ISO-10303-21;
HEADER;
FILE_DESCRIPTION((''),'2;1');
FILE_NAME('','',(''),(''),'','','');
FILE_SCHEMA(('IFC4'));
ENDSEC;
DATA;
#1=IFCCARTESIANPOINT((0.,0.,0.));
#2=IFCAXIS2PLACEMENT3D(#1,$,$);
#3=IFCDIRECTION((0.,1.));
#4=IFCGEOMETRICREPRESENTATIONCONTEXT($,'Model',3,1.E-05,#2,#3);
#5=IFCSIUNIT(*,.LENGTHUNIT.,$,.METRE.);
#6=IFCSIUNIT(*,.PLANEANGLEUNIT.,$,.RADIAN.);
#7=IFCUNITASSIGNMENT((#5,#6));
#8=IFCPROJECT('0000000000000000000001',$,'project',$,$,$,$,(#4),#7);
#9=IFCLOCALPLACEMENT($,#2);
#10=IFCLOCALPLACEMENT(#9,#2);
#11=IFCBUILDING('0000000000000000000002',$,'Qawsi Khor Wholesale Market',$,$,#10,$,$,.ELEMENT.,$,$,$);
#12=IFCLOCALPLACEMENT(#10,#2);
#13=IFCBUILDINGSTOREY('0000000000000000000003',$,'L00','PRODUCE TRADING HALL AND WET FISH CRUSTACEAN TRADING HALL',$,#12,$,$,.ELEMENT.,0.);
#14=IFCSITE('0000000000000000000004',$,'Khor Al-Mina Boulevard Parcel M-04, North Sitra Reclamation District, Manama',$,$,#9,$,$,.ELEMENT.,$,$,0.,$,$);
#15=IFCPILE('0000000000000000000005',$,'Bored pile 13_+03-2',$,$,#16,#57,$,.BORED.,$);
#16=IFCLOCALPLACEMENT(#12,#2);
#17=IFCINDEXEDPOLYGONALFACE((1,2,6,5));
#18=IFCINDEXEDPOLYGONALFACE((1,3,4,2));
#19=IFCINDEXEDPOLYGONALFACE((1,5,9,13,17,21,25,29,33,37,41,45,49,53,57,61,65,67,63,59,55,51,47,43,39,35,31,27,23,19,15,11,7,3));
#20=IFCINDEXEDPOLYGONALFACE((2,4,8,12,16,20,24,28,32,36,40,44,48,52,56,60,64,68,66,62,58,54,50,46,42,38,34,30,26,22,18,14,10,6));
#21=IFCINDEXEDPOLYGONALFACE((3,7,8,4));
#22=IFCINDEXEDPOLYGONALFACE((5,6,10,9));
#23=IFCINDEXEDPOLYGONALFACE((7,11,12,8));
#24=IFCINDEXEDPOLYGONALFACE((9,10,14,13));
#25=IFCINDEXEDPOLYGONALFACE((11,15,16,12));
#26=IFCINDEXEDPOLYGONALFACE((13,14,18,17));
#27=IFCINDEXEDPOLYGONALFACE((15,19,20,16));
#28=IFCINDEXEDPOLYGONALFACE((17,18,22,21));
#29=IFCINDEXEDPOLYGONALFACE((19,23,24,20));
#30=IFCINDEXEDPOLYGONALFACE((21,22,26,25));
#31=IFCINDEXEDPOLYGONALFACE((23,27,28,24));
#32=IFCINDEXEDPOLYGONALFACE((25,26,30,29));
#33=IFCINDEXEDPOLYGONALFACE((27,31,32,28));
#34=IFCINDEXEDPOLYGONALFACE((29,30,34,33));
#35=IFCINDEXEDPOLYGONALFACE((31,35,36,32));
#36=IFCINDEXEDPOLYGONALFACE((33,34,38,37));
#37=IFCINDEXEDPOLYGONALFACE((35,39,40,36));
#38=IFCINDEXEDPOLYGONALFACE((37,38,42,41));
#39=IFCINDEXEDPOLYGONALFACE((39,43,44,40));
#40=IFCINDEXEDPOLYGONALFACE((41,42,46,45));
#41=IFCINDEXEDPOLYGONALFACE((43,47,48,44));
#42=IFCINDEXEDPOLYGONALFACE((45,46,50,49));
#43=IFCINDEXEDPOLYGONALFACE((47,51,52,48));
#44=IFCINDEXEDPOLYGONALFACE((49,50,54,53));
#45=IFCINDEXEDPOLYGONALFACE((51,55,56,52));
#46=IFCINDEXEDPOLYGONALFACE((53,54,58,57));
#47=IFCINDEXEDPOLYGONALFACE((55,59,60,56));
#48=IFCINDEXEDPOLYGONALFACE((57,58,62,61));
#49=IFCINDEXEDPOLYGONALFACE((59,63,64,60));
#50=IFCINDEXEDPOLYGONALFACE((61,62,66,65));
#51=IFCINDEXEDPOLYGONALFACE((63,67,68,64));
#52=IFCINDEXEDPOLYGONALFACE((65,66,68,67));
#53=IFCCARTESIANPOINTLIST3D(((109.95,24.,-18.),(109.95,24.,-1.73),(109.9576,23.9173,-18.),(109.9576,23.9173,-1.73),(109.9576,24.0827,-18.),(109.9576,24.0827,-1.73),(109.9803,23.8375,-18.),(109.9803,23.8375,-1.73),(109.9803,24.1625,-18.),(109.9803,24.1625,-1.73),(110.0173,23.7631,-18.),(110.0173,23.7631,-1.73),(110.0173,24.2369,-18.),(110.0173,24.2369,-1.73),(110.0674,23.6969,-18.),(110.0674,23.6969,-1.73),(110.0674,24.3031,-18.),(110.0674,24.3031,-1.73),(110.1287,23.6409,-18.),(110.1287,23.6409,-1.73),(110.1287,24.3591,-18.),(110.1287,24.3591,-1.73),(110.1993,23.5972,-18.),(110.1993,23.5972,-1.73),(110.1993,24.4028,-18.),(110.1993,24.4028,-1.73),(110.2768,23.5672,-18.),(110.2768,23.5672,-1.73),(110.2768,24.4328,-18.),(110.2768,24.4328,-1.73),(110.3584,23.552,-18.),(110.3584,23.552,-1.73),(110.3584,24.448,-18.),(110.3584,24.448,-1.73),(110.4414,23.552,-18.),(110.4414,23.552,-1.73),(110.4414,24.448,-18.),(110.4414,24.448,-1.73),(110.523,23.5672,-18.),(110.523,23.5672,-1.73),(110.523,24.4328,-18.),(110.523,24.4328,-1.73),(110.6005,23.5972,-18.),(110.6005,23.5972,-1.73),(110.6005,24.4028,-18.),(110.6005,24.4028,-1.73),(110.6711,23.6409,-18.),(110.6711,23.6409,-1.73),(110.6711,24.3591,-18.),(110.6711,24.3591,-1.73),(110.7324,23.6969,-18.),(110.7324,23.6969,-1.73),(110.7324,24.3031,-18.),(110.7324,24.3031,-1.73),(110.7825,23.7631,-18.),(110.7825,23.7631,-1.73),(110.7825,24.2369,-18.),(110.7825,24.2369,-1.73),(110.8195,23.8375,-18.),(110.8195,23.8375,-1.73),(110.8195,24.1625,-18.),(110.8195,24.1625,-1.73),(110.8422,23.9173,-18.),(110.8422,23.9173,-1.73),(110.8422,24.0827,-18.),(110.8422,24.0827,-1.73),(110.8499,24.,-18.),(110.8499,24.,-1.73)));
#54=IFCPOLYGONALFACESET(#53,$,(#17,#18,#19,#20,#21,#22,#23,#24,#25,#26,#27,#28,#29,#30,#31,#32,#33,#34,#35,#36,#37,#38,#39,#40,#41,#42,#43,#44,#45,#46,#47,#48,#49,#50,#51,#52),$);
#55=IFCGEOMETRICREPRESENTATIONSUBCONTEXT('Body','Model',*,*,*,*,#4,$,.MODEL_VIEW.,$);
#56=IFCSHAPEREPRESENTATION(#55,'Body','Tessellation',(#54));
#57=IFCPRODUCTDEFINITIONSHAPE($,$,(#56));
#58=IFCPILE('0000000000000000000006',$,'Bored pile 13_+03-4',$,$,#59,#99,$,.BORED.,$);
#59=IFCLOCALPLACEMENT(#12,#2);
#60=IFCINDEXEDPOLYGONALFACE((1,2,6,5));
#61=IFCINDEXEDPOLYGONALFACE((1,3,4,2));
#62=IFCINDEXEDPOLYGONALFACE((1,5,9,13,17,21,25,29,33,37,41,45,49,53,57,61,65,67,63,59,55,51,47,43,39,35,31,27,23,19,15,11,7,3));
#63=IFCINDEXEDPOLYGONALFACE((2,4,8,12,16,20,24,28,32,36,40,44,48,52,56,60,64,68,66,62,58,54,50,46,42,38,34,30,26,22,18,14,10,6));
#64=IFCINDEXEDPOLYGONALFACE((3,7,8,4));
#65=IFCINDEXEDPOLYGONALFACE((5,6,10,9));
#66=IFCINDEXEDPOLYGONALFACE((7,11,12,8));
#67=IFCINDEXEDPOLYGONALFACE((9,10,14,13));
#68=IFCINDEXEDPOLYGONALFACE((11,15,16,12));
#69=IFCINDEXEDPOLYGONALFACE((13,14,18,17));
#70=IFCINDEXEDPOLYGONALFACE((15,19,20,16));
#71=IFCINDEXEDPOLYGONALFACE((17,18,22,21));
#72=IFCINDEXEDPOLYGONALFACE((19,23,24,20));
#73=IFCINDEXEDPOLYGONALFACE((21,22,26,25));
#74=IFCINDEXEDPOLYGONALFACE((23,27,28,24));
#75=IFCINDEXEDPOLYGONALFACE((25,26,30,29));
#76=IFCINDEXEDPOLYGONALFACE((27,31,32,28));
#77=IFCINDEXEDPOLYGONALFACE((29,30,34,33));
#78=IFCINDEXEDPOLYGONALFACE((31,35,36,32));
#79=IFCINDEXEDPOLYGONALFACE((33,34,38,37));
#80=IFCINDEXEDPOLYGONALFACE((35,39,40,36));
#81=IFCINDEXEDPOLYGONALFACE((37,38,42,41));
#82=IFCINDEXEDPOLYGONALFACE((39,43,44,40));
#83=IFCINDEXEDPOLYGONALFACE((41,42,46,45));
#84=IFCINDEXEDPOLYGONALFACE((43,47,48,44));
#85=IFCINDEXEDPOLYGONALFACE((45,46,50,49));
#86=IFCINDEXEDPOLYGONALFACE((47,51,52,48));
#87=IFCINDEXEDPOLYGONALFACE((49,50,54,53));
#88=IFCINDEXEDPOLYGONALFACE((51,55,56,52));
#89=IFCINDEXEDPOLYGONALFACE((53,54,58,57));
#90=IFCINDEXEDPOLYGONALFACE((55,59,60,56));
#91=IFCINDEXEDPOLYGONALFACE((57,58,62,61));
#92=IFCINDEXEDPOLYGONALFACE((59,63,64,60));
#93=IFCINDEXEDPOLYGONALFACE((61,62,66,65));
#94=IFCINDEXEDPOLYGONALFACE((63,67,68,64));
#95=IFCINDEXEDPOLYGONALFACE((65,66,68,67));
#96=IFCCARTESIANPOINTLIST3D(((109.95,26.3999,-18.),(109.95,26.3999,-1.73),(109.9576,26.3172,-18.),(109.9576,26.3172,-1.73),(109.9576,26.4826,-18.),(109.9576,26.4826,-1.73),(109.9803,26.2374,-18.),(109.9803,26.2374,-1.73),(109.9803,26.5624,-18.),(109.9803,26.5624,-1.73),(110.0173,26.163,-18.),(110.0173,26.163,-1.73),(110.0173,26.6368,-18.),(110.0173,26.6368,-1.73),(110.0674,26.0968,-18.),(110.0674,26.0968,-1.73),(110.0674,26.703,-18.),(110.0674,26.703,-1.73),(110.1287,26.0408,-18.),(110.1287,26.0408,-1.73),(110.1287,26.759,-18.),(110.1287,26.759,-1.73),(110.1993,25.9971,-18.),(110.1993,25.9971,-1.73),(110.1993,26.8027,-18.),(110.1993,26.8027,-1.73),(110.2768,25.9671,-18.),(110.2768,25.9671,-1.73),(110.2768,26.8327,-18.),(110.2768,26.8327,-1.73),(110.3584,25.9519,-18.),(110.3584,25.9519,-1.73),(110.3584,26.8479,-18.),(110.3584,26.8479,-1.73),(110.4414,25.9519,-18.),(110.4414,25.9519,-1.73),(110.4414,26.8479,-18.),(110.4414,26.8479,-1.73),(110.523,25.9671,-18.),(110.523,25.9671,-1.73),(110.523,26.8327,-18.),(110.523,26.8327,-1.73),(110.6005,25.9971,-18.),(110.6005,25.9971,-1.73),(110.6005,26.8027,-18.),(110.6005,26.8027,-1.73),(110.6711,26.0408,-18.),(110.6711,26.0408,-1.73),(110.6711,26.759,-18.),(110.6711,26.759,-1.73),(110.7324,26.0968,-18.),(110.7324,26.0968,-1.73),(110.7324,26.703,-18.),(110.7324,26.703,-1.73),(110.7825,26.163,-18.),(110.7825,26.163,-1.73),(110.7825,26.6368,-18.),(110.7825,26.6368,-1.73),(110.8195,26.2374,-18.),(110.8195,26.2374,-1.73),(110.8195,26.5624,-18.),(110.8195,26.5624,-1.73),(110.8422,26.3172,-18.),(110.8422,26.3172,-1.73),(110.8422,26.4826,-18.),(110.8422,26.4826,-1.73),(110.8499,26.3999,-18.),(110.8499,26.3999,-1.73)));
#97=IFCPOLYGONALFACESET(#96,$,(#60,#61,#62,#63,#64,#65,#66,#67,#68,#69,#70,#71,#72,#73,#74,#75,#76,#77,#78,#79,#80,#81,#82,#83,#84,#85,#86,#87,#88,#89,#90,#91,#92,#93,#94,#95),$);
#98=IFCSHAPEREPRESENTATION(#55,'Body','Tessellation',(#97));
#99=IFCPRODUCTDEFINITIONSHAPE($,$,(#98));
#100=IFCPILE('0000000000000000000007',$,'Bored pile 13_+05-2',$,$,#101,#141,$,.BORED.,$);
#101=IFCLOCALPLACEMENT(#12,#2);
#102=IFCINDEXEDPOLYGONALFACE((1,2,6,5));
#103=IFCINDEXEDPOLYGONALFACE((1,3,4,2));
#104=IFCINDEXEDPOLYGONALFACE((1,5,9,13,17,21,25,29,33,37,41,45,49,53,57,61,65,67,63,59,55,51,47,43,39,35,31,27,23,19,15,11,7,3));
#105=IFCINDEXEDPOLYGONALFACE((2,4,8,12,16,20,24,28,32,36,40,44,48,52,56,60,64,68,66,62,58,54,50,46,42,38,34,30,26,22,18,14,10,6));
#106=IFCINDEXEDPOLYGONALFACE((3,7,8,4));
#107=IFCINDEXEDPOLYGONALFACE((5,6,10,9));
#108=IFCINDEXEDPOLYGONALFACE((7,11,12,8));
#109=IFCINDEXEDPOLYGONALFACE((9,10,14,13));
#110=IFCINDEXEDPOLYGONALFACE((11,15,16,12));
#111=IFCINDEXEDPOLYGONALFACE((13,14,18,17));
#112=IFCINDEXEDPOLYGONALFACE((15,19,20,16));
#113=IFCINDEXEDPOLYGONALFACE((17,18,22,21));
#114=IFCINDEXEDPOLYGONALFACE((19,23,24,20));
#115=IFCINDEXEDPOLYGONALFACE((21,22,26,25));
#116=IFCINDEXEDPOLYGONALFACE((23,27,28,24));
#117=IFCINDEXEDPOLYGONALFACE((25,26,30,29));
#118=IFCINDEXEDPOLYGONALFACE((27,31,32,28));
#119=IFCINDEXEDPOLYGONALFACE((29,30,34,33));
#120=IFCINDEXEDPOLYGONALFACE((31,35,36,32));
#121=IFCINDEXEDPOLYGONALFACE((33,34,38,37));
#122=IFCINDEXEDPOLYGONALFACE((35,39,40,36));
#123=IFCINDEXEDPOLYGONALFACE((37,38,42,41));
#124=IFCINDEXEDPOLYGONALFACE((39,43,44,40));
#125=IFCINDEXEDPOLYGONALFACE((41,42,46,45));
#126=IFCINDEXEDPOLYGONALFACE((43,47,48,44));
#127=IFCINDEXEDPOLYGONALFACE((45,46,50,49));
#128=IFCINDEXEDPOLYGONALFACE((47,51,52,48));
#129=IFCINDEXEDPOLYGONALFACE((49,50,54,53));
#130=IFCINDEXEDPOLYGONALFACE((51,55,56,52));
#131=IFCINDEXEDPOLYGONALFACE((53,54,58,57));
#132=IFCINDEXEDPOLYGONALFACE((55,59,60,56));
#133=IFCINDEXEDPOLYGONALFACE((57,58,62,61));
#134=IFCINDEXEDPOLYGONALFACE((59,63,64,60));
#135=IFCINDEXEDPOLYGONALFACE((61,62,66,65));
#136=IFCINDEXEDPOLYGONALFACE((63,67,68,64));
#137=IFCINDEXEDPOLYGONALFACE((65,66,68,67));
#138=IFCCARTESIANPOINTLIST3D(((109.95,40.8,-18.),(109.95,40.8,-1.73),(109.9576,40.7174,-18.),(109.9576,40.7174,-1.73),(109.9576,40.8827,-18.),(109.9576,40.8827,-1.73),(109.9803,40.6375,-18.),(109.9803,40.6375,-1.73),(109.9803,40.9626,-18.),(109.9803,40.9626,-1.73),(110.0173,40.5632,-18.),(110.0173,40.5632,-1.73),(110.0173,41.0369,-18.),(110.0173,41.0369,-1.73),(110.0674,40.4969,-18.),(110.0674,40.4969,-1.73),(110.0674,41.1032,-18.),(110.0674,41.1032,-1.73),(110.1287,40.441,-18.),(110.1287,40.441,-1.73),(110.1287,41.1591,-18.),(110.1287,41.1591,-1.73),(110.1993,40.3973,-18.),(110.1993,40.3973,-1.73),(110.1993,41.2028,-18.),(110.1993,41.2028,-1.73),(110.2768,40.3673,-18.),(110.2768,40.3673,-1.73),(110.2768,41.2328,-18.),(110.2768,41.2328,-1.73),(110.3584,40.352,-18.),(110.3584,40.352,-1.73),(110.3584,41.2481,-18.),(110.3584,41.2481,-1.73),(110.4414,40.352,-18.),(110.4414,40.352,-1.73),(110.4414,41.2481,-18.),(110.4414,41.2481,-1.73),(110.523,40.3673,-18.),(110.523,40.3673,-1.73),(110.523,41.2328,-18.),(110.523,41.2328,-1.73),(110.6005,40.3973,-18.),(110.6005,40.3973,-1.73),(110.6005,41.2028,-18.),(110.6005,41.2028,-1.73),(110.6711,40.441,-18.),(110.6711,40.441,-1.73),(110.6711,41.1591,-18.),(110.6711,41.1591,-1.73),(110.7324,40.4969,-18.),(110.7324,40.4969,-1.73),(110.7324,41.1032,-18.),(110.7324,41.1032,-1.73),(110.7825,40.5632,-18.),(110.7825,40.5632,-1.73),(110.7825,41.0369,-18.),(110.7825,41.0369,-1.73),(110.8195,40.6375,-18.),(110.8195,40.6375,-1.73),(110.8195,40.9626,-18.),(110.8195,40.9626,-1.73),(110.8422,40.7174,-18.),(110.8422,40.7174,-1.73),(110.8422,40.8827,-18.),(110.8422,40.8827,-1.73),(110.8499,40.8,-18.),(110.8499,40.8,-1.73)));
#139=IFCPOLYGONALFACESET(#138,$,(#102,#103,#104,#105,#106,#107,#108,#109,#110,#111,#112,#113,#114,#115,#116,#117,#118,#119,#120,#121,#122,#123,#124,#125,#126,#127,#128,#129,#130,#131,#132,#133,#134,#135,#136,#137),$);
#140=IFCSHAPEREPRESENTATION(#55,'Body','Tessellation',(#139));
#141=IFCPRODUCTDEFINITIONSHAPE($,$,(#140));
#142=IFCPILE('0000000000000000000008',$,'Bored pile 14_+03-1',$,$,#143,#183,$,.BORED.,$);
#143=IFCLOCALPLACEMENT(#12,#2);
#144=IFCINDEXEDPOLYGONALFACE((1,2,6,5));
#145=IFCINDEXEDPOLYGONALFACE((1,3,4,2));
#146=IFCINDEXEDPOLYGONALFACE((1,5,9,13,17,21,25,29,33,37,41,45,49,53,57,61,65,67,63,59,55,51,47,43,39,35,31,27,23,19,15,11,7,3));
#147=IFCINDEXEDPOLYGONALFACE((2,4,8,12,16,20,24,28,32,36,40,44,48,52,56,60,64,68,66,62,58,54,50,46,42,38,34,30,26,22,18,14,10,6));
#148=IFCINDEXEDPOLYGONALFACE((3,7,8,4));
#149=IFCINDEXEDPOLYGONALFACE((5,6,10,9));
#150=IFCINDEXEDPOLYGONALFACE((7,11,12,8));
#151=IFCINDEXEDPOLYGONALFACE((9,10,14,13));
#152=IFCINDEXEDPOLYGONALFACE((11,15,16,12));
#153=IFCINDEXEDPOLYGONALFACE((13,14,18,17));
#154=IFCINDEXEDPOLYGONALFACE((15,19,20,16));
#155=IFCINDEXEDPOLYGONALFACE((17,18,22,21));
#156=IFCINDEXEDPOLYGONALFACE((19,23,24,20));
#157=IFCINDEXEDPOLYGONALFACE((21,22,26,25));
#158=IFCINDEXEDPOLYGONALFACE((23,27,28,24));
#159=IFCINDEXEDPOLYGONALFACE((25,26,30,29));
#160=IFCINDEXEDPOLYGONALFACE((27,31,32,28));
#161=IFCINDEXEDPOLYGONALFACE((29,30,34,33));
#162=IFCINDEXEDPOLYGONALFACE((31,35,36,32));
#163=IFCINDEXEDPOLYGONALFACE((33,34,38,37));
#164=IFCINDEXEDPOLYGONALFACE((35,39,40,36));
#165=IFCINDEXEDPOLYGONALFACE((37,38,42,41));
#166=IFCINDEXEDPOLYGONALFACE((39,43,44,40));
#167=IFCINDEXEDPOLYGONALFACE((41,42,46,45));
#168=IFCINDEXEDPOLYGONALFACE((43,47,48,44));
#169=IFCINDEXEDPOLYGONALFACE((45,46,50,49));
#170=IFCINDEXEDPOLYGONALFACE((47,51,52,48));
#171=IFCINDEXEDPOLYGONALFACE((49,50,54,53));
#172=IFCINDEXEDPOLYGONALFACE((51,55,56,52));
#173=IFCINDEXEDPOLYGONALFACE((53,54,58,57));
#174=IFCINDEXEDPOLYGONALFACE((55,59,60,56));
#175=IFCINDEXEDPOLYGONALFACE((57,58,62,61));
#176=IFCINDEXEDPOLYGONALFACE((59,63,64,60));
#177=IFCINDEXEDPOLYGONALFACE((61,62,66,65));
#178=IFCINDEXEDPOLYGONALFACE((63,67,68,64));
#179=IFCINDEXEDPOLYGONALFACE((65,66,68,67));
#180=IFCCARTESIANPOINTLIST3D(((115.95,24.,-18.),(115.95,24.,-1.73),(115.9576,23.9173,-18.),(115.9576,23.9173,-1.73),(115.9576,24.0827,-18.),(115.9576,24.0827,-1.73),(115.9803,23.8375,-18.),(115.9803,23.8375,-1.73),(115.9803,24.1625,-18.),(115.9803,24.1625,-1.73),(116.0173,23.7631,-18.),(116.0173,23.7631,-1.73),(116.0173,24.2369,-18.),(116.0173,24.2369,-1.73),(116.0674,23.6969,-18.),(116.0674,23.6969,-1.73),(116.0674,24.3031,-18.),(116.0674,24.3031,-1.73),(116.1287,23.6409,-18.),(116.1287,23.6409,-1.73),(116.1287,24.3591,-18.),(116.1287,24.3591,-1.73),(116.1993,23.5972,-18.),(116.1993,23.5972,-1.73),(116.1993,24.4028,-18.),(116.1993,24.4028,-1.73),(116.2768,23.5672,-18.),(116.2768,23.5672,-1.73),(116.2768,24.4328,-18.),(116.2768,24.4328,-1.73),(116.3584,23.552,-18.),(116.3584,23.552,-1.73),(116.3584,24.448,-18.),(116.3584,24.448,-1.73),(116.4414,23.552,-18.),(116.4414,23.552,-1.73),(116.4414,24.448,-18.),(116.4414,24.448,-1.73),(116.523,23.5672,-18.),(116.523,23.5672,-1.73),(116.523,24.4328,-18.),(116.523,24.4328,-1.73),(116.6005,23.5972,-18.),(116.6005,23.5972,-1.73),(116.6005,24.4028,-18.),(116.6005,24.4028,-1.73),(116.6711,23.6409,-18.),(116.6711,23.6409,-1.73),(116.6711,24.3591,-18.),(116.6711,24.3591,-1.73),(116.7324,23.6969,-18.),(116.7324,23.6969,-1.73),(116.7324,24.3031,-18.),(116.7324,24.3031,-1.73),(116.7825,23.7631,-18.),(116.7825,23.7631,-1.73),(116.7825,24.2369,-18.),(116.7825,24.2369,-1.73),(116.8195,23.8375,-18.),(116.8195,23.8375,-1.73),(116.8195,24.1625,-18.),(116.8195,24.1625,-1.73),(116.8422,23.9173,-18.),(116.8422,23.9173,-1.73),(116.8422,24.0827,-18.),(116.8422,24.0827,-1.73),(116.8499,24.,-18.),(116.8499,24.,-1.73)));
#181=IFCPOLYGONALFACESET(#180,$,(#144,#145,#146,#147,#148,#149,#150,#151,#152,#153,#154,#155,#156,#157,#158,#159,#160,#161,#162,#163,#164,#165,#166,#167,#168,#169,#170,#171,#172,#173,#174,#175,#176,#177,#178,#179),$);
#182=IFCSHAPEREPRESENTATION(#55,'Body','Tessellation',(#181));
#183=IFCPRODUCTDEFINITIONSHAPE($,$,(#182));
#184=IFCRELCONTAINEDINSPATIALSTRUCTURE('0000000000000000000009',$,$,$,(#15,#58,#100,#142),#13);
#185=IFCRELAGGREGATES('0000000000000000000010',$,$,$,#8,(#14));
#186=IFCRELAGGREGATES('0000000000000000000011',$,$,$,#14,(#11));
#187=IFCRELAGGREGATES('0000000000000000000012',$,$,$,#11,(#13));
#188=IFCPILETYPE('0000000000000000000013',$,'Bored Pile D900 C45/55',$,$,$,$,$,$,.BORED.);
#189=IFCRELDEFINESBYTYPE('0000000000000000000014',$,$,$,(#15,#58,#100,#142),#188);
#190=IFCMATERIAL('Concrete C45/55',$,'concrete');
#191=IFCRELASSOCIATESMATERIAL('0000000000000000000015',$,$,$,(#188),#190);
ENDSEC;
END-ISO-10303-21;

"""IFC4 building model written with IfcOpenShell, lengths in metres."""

from ifc_helpers import new_model, si_unit, direction, frame, origin, origin_2d, place, context, subcontext, project, spatial, circle, extrude, material, material_profile, profile_set, type_object, element, save


model = new_model("IFC4")

# Units and contexts
model_context = context("Model", 3, precision=1e-05, world=origin(), true_north=direction((0.0, 1.0)))
body_context = subcontext(model_context, "Body", "Model", "MODEL_VIEW")
ifc_project = project(units=[si_unit("LENGTHUNIT", "METRE"), si_unit("PLANEANGLEUNIT", "RADIAN")], contexts=[model_context])

# Site, building, storey
site_placement = place(None, origin())
site = spatial("IfcSite", under=ifc_project, at=site_placement, Name="Khor Al-Mina Boulevard Parcel M-04, North Sitra Reclamation District, Manama", CompositionType="ELEMENT", RefElevation=0.0)
building_placement = place(site_placement, origin())
building = spatial("IfcBuilding", under=site, at=building_placement, Name="Qawsi Khor Wholesale Market", CompositionType="ELEMENT")
storey_placement = place(building_placement, origin())
storey = spatial("IfcBuildingStorey", under=building, at=storey_placement, Name="L00", Description="PRODUCE TRADING HALL AND WET FISH CRUSTACEAN TRADING HALL", CompositionType="ELEMENT", Elevation=0.0)

# Piles
ifc_material_1 = material(Name="Concrete C45/55", Category="concrete")
ifc_material_profile_1 = material_profile(ifc_material_1, circle(Radius=0.45, at=origin_2d()), Name="PILE D900")
ifc_profile_set_1 = profile_set([ifc_material_profile_1], Name="Concrete C45/55")
pile_type = type_object("IfcPileType", Name="Bored Pile D900 C45/55", PredefinedType="BORED", material=ifc_profile_set_1)
for number, where, z_axis, x_axis, name in (
    (1, (110.3999, 24.0, -1.73), (0.0, 0.0, -1.0), (1.0, 0.0, 0.0), "Bored pile 13_+03-2"),
    (2, (110.3999, 26.3999, -1.73), (0.0, 0.0, -1.0), (1.0, 0.0, 0.0), "Bored pile 13_+03-4"),
    (3, (110.3999, 40.8, -1.73), (0.0, 0.0, -1.0), (1.0, 0.0, 0.0), "Bored pile 13_+05-2"),
    (4, (116.3999, 24.0, -1.73), (0.0, 0.0, -1.0), (1.0, 0.0, 0.0), "Bored pile 14_+03-1"),
):
    element("IfcPile", number, at=place(storey_placement, frame(where, z_axis=z_axis, x_axis=x_axis)), inside=storey, type_object=pile_type, Name=name, PredefinedType="BORED", context=body_context, shape_type="SweptSolid", body=[
        extrude(circle(Radius=0.45, at=origin_2d()), origin(), (0.0, 0.0, 1.0), 16.27),
    ])

save(model, "model.ifc")
